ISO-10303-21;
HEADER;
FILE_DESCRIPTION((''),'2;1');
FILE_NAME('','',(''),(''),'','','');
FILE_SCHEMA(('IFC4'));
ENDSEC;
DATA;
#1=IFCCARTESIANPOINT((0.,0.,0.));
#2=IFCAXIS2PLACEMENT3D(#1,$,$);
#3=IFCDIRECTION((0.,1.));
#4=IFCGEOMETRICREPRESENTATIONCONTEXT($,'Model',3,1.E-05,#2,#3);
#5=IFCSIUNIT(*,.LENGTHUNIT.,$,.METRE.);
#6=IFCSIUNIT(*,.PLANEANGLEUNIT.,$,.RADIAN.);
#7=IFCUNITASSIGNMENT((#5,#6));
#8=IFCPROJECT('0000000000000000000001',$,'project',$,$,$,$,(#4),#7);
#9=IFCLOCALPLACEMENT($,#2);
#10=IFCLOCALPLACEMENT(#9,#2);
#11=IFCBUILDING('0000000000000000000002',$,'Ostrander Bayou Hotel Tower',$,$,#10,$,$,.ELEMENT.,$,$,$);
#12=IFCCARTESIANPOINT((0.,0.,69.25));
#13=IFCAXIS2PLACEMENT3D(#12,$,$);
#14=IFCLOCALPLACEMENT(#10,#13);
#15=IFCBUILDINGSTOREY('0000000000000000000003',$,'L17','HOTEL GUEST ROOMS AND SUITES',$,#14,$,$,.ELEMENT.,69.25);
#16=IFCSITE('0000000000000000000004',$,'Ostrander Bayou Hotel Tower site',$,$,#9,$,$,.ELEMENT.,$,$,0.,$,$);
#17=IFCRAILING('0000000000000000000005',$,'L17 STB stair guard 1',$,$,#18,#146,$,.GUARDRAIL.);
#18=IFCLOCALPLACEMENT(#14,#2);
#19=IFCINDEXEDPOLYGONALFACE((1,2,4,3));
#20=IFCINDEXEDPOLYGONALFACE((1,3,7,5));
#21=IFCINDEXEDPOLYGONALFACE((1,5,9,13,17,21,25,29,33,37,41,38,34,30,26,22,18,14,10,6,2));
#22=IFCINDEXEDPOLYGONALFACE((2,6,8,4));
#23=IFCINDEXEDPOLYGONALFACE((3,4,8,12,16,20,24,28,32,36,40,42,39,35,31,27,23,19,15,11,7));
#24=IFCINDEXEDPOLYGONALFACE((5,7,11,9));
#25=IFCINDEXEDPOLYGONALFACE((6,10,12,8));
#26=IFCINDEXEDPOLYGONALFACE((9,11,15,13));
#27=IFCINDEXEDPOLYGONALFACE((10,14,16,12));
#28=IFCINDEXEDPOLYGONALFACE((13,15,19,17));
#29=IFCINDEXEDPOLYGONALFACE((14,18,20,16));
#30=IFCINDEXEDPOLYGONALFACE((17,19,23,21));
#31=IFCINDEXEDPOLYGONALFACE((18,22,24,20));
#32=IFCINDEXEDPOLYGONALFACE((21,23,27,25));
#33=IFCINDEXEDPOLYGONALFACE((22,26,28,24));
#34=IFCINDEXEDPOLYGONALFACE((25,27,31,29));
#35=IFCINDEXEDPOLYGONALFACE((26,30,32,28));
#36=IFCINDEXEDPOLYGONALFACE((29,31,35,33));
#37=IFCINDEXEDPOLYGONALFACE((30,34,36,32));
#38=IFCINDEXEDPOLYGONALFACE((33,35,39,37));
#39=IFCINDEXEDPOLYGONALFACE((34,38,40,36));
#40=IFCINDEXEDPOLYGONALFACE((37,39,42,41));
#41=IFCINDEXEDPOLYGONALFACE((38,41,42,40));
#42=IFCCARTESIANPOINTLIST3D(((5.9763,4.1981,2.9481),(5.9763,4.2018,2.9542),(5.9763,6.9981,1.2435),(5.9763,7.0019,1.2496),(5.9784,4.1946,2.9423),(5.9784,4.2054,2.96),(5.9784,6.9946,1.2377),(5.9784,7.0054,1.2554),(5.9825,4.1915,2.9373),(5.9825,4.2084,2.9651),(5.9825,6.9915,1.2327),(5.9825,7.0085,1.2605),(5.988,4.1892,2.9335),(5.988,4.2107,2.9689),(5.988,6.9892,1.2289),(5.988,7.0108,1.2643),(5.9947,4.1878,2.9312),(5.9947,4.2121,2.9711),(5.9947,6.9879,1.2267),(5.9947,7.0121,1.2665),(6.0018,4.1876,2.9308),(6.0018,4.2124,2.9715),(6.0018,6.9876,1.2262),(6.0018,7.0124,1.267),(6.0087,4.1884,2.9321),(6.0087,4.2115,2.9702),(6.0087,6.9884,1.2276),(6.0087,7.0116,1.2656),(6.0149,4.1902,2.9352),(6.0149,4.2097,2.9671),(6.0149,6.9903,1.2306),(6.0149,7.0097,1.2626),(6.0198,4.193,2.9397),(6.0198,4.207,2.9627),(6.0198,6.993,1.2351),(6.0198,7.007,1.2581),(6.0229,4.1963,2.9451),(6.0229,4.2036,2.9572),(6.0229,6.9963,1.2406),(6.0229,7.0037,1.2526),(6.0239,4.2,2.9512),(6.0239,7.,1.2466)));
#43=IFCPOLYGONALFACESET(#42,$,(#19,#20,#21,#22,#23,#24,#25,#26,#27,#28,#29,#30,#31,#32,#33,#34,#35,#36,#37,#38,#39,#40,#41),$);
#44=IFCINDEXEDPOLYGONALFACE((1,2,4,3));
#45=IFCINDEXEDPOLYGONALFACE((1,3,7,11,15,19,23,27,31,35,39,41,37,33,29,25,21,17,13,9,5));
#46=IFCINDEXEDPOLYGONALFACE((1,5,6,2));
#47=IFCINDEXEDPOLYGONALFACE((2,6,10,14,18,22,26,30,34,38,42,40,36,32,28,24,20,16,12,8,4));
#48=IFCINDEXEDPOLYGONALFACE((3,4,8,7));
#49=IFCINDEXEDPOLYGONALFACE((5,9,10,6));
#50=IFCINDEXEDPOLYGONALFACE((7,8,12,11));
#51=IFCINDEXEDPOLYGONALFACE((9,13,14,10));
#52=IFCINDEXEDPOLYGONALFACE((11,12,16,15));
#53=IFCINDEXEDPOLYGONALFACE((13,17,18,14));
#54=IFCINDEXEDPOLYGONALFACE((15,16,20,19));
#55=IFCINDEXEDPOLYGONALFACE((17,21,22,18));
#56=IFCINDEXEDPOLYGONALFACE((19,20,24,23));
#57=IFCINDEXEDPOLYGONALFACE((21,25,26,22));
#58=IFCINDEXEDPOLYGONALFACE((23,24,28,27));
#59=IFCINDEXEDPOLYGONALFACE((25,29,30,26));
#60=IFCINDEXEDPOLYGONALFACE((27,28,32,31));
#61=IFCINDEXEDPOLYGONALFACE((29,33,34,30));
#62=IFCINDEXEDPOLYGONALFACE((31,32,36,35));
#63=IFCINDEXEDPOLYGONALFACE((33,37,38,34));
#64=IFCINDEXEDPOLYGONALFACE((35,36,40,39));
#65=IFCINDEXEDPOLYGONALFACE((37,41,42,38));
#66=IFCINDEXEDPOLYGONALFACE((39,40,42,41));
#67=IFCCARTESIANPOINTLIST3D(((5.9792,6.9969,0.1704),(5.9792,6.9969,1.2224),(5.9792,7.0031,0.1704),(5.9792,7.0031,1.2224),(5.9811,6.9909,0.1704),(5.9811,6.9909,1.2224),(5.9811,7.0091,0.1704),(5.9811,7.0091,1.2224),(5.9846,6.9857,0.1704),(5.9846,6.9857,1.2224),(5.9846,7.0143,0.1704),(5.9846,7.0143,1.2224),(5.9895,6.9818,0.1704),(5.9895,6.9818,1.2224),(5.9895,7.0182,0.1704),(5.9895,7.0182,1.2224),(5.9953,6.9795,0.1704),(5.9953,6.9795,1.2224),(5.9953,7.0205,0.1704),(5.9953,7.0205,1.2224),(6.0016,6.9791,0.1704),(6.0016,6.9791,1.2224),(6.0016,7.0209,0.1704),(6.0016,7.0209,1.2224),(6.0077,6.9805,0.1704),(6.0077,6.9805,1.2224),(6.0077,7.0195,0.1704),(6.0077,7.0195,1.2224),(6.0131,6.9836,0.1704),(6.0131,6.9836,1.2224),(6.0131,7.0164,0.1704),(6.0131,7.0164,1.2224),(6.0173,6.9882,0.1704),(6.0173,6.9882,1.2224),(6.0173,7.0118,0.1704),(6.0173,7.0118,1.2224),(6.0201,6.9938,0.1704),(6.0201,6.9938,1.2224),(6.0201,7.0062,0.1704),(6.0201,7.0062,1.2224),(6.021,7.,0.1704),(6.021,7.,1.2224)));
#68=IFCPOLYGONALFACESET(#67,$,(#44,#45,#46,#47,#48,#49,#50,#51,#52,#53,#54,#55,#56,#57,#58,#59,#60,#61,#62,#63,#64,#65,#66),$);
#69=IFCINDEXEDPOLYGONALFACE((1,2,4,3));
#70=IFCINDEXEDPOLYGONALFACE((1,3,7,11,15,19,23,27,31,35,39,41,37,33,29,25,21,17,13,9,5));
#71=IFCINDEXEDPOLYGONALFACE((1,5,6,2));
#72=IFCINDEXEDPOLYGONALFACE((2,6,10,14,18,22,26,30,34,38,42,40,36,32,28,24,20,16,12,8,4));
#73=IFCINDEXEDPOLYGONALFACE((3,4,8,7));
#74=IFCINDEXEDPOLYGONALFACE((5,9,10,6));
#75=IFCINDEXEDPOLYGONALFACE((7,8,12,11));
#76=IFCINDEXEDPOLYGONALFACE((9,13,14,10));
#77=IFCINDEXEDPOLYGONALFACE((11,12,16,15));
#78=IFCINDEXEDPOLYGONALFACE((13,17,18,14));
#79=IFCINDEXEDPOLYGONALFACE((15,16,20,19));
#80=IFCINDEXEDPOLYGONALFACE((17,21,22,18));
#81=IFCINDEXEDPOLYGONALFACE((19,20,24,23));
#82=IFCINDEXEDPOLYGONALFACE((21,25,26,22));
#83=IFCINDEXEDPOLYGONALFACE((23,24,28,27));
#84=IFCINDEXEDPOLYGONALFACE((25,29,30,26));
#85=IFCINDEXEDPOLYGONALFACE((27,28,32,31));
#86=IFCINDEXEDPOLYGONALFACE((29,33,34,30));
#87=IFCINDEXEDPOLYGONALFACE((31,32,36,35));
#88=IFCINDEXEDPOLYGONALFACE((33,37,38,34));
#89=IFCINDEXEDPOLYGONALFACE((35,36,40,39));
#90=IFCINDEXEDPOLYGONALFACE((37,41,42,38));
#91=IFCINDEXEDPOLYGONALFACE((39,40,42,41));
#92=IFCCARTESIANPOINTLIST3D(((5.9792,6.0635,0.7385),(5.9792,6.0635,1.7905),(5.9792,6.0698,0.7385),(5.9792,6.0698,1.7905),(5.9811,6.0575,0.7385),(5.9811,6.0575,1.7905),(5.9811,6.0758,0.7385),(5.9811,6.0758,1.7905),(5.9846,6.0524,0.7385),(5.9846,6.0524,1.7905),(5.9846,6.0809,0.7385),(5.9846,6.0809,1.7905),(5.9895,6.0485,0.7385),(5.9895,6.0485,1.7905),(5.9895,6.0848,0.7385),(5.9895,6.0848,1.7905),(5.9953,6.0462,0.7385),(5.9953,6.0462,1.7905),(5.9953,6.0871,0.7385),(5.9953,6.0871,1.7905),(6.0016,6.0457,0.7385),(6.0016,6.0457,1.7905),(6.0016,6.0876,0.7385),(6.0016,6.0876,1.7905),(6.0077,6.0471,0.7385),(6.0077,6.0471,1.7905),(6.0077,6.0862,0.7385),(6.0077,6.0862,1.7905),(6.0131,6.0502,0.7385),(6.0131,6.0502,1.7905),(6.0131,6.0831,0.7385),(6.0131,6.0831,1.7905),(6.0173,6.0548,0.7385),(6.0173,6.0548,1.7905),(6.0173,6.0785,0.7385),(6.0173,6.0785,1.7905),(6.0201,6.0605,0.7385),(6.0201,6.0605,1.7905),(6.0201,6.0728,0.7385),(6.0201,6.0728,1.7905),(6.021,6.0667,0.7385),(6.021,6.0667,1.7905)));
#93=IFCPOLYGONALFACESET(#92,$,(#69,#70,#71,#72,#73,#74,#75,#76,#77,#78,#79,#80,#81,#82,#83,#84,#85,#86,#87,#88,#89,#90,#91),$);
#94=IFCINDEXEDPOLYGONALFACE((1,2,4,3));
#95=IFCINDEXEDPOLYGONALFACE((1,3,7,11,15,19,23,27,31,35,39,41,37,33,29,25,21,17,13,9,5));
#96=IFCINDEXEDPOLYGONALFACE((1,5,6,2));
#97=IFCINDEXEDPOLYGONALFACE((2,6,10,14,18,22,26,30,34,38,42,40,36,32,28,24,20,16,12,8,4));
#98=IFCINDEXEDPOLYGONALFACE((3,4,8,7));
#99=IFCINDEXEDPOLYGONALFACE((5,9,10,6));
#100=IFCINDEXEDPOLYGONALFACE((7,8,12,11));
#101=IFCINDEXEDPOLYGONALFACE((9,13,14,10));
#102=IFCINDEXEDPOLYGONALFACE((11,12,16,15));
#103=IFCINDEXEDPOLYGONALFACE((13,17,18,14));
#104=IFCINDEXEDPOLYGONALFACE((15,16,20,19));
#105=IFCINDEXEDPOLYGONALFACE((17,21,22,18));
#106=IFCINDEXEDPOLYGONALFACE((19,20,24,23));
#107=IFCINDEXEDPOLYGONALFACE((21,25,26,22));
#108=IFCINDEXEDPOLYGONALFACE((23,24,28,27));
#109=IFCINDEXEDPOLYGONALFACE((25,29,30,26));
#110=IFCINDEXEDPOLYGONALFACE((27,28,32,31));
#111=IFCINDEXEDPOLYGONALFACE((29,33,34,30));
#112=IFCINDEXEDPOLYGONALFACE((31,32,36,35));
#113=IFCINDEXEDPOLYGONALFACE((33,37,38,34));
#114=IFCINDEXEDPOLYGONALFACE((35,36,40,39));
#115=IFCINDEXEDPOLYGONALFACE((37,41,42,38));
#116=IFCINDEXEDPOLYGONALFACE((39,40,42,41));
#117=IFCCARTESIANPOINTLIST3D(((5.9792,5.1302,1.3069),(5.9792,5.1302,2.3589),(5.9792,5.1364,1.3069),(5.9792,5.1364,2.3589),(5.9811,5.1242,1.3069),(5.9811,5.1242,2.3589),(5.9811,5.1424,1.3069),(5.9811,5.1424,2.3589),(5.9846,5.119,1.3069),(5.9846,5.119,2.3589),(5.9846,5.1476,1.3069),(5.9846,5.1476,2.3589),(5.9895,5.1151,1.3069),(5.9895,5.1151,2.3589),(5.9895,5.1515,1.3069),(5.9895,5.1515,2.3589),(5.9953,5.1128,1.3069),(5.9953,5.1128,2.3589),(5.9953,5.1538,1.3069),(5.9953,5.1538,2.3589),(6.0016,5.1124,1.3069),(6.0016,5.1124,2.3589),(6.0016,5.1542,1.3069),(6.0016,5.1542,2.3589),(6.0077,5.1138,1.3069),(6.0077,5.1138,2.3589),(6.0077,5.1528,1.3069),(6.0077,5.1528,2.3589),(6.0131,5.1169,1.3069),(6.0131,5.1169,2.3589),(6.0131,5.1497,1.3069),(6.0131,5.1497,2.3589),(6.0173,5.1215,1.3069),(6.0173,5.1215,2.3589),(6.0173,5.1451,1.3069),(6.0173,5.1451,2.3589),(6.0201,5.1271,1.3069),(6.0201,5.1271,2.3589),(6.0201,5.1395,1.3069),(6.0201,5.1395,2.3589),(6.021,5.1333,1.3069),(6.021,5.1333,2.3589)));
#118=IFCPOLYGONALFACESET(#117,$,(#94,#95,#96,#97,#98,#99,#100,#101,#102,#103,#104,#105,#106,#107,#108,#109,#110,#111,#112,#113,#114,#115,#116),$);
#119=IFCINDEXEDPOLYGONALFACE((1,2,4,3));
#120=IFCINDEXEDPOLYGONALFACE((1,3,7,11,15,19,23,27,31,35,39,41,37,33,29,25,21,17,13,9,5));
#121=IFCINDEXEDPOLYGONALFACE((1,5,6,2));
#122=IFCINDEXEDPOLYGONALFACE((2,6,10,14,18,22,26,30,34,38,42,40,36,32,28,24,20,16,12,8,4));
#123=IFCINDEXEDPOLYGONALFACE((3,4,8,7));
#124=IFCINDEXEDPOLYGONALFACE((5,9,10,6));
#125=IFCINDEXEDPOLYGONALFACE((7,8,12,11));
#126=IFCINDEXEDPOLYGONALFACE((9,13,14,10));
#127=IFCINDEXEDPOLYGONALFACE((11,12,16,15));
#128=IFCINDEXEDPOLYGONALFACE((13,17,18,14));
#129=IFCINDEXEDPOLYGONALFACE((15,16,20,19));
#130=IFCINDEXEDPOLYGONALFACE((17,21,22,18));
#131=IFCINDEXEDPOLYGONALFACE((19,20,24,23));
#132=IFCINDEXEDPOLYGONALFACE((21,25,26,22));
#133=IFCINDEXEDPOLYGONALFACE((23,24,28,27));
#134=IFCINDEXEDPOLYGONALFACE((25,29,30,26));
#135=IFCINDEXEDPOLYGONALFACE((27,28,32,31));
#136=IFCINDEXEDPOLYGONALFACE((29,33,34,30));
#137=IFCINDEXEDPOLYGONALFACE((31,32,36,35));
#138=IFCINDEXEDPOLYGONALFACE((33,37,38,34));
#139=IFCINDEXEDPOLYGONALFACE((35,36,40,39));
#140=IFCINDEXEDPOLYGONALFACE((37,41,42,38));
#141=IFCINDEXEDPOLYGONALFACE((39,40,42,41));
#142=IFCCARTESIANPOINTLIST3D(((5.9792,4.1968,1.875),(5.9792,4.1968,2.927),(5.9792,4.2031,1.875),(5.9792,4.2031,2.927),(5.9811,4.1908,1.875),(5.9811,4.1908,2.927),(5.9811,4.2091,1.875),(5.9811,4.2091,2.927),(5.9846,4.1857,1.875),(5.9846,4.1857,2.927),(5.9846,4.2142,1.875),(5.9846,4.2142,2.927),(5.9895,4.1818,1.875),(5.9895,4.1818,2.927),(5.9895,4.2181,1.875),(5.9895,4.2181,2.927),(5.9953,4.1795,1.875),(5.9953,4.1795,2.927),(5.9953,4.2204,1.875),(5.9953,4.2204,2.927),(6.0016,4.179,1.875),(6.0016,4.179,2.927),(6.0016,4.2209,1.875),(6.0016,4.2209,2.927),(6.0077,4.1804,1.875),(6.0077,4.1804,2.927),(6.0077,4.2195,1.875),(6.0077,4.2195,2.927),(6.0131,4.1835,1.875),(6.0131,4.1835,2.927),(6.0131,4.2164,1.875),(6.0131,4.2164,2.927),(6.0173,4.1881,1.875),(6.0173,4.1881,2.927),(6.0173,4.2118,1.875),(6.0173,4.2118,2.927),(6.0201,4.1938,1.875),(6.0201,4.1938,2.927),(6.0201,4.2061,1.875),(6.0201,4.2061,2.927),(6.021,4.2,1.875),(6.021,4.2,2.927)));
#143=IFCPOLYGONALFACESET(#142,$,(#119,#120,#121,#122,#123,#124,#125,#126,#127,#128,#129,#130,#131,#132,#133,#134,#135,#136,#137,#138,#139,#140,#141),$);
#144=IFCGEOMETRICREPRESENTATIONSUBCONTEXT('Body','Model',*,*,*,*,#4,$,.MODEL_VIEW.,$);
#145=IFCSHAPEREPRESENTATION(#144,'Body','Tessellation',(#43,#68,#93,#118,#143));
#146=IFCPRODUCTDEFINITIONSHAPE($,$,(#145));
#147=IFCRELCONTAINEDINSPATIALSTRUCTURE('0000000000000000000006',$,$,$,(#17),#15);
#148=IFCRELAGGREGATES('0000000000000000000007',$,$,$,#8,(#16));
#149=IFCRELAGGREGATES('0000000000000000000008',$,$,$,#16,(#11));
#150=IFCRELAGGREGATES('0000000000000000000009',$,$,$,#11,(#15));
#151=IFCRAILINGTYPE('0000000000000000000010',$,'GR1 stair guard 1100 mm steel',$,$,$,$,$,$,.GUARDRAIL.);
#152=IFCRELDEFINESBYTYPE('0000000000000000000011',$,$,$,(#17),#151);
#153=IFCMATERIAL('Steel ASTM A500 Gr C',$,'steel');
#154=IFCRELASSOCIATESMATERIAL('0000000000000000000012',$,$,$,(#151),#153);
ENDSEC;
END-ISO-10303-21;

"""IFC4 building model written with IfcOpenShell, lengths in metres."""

from ifc_helpers import new_model, si_unit, direction, frame, origin, origin_2d, place, context, subcontext, project, spatial, circle, extrude, material, type_object, element, save


model = new_model("IFC4")

# Units and contexts
model_context = context("Model", 3, precision=1e-05, world=origin(), true_north=direction((0.0, 1.0)))
body_context = subcontext(model_context, "Body", "Model", "MODEL_VIEW")
ifc_project = project(units=[si_unit("LENGTHUNIT", "METRE"), si_unit("PLANEANGLEUNIT", "RADIAN")], contexts=[model_context])

# Site, building, storey
site_placement = place(None, origin())
site = spatial("IfcSite", under=ifc_project, at=site_placement, Name="Ostrander Bayou Hotel Tower site", CompositionType="ELEMENT", RefElevation=0.0)
building_placement = place(site_placement, origin())
building = spatial("IfcBuilding", under=site, at=building_placement, Name="Ostrander Bayou Hotel Tower", CompositionType="ELEMENT")
storey_placement = place(building_placement, frame((0.0, 0.0, 69.25)))
storey = spatial("IfcBuildingStorey", under=building, at=storey_placement, Name="L17", Description="HOTEL GUEST ROOMS AND SUITES", CompositionType="ELEMENT", Elevation=69.25)

# Railing
ifc_material_1 = material(Name="Steel ASTM A500 Gr C", Category="steel")
railing_type_1 = type_object("IfcRailingType", Name="GR1 stair guard 1100 mm steel", PredefinedType="GUARDRAIL", material=ifc_material_1)
railing_1_placement = place(storey_placement, frame((6.0, 7.0, 0.1704)))
element("IfcRailing", 1, at=railing_1_placement, inside=storey, type_object=railing_type_1, Name="L17 STB stair guard 1", PredefinedType="GUARDRAIL", context=body_context, shape_type="SweptSolid", body=[
    extrude(circle(Radius=0.0239, at=origin_2d()), frame((0.0, 0.0, 1.0762), z_axis=(0.0, -0.85417, 0.519994), x_axis=(1.0, 0.0, 0.0)), (0.0, 0.0, 1.0), 3.2781),
    extrude(circle(Radius=0.021, at=origin_2d()), origin(), (0.0, 0.0, 1.0), 1.052),
    extrude(circle(Radius=0.021, at=origin_2d()), frame((0.0, -0.9333, 0.5681)), (0.0, 0.0, 1.0), 1.052),
    extrude(circle(Radius=0.021, at=origin_2d()), frame((0.0, -1.8667, 1.1365)), (0.0, 0.0, 1.0), 1.052),
    extrude(circle(Radius=0.021, at=origin_2d()), frame((0.0, -2.8, 1.7046)), (0.0, 0.0, 1.0), 1.052),
])

save(model, "model.ifc")
